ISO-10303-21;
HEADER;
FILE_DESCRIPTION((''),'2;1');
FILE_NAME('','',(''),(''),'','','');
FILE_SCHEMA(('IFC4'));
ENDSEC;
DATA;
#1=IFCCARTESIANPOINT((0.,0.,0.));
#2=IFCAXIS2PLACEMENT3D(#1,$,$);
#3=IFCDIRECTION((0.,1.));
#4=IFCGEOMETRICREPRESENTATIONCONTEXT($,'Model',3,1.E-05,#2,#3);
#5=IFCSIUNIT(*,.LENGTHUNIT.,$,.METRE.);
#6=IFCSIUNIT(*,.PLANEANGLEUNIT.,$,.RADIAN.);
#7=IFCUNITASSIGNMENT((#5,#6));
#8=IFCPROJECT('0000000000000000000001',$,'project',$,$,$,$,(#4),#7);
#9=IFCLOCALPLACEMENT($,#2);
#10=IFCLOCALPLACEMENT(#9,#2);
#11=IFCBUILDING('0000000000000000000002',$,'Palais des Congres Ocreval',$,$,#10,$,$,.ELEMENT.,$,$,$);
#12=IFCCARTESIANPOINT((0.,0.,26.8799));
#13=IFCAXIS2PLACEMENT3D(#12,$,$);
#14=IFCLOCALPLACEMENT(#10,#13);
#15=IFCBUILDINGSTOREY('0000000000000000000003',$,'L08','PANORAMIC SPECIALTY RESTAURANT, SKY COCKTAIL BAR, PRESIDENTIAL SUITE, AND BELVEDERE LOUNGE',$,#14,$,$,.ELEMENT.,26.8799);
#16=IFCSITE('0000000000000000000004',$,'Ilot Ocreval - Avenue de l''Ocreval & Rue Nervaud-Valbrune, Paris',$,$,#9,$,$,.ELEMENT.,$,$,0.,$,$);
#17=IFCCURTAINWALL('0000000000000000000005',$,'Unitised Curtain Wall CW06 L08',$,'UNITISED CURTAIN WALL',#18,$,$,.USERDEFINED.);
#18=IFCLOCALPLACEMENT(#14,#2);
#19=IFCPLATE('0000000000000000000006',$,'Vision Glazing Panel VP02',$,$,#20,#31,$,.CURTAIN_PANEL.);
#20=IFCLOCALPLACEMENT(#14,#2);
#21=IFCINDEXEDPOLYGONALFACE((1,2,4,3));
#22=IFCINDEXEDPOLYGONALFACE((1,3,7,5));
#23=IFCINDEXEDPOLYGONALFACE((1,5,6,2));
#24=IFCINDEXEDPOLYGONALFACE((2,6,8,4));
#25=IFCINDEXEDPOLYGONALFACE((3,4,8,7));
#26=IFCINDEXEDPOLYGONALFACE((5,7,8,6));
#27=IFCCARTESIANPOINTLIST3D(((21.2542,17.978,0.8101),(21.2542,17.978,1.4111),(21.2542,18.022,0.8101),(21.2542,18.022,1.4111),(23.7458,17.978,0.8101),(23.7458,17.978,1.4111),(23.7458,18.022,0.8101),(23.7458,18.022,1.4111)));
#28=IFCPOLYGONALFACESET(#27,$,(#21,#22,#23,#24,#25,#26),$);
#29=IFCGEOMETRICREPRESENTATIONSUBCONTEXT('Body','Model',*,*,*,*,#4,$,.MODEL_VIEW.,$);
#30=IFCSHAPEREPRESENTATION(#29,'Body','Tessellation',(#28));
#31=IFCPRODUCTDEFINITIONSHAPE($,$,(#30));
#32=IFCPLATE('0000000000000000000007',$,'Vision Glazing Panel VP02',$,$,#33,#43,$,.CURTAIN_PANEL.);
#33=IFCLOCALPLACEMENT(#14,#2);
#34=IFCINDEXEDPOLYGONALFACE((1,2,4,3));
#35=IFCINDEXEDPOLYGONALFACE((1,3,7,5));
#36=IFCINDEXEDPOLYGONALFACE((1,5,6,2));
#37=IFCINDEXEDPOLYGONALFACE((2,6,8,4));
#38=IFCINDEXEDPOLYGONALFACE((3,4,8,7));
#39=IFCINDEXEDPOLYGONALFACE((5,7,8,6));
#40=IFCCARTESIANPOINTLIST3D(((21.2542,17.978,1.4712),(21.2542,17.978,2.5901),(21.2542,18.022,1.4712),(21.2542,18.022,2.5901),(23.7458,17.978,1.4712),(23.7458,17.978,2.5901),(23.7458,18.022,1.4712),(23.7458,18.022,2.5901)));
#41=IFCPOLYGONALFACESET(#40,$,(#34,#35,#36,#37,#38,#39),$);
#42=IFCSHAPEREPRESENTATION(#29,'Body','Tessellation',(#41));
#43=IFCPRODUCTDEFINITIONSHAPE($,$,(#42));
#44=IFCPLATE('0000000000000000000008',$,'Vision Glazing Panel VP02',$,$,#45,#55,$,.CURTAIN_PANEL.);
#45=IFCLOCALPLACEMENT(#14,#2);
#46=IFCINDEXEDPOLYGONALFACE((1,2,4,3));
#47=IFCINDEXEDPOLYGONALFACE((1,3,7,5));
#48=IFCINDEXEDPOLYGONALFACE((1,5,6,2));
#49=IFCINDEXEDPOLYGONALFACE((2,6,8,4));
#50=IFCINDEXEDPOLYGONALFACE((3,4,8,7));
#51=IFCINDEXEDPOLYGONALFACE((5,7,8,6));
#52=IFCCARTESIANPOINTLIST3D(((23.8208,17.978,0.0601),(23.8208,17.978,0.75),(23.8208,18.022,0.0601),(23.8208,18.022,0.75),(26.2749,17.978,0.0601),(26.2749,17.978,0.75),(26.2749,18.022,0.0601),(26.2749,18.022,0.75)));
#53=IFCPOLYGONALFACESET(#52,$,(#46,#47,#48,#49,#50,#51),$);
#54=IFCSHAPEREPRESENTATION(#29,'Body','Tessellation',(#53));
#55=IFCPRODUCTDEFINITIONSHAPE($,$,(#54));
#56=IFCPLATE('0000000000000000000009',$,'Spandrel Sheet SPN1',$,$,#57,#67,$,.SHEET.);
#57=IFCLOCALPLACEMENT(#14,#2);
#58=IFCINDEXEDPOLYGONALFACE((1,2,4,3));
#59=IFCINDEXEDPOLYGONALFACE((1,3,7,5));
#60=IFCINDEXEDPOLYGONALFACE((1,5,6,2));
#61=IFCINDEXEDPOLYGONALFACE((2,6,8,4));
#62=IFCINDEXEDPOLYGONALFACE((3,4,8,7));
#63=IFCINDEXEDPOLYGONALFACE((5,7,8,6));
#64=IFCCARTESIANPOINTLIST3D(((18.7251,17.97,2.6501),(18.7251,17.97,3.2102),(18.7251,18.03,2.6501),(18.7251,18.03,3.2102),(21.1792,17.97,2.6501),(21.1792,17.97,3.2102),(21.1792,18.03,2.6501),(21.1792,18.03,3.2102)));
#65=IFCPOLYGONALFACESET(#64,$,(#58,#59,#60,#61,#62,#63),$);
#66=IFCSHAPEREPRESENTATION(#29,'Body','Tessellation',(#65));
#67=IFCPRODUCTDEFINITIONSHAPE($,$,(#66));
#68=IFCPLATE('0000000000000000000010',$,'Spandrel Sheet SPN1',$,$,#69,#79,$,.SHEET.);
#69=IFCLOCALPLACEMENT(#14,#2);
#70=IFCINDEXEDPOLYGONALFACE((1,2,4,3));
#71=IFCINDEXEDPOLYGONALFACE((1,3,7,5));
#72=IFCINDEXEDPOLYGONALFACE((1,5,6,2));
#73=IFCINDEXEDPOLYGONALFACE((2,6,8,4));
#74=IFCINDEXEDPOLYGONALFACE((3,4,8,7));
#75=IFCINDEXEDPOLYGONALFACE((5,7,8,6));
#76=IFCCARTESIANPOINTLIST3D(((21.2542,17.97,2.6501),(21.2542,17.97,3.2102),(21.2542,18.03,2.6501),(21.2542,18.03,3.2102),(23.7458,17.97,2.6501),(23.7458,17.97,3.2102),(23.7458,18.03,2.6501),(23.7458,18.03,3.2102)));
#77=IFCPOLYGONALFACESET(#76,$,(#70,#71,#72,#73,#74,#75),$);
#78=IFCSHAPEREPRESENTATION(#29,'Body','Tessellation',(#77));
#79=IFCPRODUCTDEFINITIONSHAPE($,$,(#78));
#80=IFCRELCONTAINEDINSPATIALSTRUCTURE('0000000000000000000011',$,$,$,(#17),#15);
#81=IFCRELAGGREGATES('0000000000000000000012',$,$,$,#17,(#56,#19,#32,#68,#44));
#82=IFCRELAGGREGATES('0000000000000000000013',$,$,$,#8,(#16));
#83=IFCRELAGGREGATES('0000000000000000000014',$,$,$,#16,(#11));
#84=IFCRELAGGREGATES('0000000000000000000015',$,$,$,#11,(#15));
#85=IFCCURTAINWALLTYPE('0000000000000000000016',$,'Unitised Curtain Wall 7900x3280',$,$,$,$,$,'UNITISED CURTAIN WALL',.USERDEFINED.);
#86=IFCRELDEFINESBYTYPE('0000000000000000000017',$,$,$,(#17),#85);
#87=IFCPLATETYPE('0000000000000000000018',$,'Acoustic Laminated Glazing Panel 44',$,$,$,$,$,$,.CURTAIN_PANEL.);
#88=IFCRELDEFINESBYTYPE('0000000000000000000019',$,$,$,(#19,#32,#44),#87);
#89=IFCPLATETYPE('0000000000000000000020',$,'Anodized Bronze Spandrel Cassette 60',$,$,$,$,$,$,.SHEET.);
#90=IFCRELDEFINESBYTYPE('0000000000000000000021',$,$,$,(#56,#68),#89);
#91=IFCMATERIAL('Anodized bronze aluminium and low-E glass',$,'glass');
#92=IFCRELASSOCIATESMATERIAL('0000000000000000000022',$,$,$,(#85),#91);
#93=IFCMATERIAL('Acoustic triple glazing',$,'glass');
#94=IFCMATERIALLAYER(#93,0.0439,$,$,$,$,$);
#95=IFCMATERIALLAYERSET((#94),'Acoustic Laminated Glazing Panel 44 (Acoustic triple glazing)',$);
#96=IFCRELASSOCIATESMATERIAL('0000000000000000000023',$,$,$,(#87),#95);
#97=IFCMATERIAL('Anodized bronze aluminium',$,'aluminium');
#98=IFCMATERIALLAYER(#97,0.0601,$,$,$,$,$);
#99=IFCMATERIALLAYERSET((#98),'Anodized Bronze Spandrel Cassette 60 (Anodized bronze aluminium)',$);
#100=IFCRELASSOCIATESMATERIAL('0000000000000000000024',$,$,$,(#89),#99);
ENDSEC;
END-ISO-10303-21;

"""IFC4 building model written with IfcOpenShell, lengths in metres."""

from ifc_helpers import new_model, si_unit, direction, frame, origin, origin_2d, place, context, subcontext, project, spatial, rectangle, extrude, material, layer, layer_set, type_object, element, aggregate, save


model = new_model("IFC4")

# Units and contexts
model_context = context("Model", 3, precision=1e-05, world=origin(), true_north=direction((0.0, 1.0)))
body_context = subcontext(model_context, "Body", "Model", "MODEL_VIEW")
ifc_project = project(units=[si_unit("LENGTHUNIT", "METRE"), si_unit("PLANEANGLEUNIT", "RADIAN")], contexts=[model_context])

# Site, building, storey
site_placement = place(None, origin())
site = spatial("IfcSite", under=ifc_project, at=site_placement, Name="Ilot Ocreval - Avenue de l'Ocreval & Rue Nervaud-Valbrune, Paris", CompositionType="ELEMENT", RefElevation=0.0)
building_placement = place(site_placement, origin())
building = spatial("IfcBuilding", under=site, at=building_placement, Name="Palais des Congres Ocreval", CompositionType="ELEMENT")
storey_placement = place(building_placement, frame((0.0, 0.0, 26.8799)))
storey = spatial("IfcBuildingStorey", under=building, at=storey_placement, Name="L08", Description="PANORAMIC SPECIALTY RESTAURANT, SKY COCKTAIL BAR, PRESIDENTIAL SUITE, AND BELVEDERE LOUNGE", CompositionType="ELEMENT", Elevation=26.8799)

# Curtain wall, plates
ifc_material_1 = material(Name="Anodized bronze aluminium and low-E glass", Category="glass")
curtain_wall_type = type_object("IfcCurtainWallType", Name="Unitised Curtain Wall 7900x3280", ElementType="UNITISED CURTAIN WALL", PredefinedType="USERDEFINED", material=ifc_material_1)
curtain_wall_placement = place(storey_placement, origin())
curtain_wall = element("IfcCurtainWall", 1, at=curtain_wall_placement, inside=storey, type_object=curtain_wall_type, Name="Unitised Curtain Wall CW06 L08", ObjectType="UNITISED CURTAIN WALL", PredefinedType="USERDEFINED")
ifc_material_2 = material(Name="Anodized bronze aluminium", Category="aluminium")
ifc_material_3 = material(Name="Acoustic triple glazing", Category="glass")
ifc_layer_1 = layer(ifc_material_3, 0.0439)
ifc_layer_set_1 = layer_set([ifc_layer_1], Name="Acoustic Laminated Glazing Panel 44 (Acoustic triple glazing)")
plate_type_1 = type_object("IfcPlateType", Name="Acoustic Laminated Glazing Panel 44", PredefinedType="CURTAIN_PANEL", material=ifc_layer_set_1)
plate_1_placement = place(storey_placement, frame((22.5, 18.0, 0.8101), z_axis=(0.0, 0.0, 1.0), x_axis=(1.0, 0.0, 0.0)))
plate_1 = element("IfcPlate", 2, at=plate_1_placement, type_object=plate_type_1, Name="Vision Glazing Panel VP02", PredefinedType="CURTAIN_PANEL", context=body_context, shape_type="SweptSolid", body=[
    extrude(rectangle(XDim=2.4917, YDim=0.0439, at=origin_2d()), origin(), (0.0, 0.0, 1.0), 0.6011),
])
plate_2_placement = place(storey_placement, frame((22.5, 18.0, 1.4712), z_axis=(0.0, 0.0, 1.0), x_axis=(1.0, 0.0, 0.0)))
plate_2 = element("IfcPlate", 3, at=plate_2_placement, type_object=plate_type_1, Name="Vision Glazing Panel VP02", PredefinedType="CURTAIN_PANEL", context=body_context, shape_type="SweptSolid", body=[
    extrude(rectangle(XDim=2.4917, YDim=0.0439, at=origin_2d()), origin(), (0.0, 0.0, 1.0), 1.1189),
])
plate_3_placement = place(storey_placement, frame((25.0479, 18.0, 0.0601), z_axis=(0.0, 0.0, 1.0), x_axis=(1.0, 0.0, 0.0)))
plate_3 = element("IfcPlate", 4, at=plate_3_placement, type_object=plate_type_1, Name="Vision Glazing Panel VP02", PredefinedType="CURTAIN_PANEL", context=body_context, shape_type="SweptSolid", body=[
    extrude(rectangle(XDim=2.4541, YDim=0.0439, at=origin_2d()), origin(), (0.0, 0.0, 1.0), 0.6899),
])
ifc_layer_2 = layer(ifc_material_2, 0.0601)
ifc_layer_set_2 = layer_set([ifc_layer_2], Name="Anodized Bronze Spandrel Cassette 60 (Anodized bronze aluminium)")
plate_type_2 = type_object("IfcPlateType", Name="Anodized Bronze Spandrel Cassette 60", PredefinedType="SHEET", material=ifc_layer_set_2)
plate_4_placement = place(storey_placement, frame((19.9521, 18.0, 2.6501), z_axis=(0.0, 0.0, 1.0), x_axis=(1.0, 0.0, 0.0)))
plate_4 = element("IfcPlate", 5, at=plate_4_placement, type_object=plate_type_2, Name="Spandrel Sheet SPN1", PredefinedType="SHEET", context=body_context, shape_type="SweptSolid", body=[
    extrude(rectangle(XDim=2.4541, YDim=0.0601, at=origin_2d()), origin(), (0.0, 0.0, 1.0), 0.5601),
])
plate_5_placement = place(storey_placement, frame((22.5, 18.0, 2.6501), z_axis=(0.0, 0.0, 1.0), x_axis=(1.0, 0.0, 0.0)))
plate_5 = element("IfcPlate", 6, at=plate_5_placement, type_object=plate_type_2, Name="Spandrel Sheet SPN1", PredefinedType="SHEET", context=body_context, shape_type="SweptSolid", body=[
    extrude(rectangle(XDim=2.4917, YDim=0.0601, at=origin_2d()), origin(), (0.0, 0.0, 1.0), 0.5601),
])
aggregate(curtain_wall, [plate_4, plate_1, plate_2, plate_5, plate_3])

save(model, "model.ifc")
